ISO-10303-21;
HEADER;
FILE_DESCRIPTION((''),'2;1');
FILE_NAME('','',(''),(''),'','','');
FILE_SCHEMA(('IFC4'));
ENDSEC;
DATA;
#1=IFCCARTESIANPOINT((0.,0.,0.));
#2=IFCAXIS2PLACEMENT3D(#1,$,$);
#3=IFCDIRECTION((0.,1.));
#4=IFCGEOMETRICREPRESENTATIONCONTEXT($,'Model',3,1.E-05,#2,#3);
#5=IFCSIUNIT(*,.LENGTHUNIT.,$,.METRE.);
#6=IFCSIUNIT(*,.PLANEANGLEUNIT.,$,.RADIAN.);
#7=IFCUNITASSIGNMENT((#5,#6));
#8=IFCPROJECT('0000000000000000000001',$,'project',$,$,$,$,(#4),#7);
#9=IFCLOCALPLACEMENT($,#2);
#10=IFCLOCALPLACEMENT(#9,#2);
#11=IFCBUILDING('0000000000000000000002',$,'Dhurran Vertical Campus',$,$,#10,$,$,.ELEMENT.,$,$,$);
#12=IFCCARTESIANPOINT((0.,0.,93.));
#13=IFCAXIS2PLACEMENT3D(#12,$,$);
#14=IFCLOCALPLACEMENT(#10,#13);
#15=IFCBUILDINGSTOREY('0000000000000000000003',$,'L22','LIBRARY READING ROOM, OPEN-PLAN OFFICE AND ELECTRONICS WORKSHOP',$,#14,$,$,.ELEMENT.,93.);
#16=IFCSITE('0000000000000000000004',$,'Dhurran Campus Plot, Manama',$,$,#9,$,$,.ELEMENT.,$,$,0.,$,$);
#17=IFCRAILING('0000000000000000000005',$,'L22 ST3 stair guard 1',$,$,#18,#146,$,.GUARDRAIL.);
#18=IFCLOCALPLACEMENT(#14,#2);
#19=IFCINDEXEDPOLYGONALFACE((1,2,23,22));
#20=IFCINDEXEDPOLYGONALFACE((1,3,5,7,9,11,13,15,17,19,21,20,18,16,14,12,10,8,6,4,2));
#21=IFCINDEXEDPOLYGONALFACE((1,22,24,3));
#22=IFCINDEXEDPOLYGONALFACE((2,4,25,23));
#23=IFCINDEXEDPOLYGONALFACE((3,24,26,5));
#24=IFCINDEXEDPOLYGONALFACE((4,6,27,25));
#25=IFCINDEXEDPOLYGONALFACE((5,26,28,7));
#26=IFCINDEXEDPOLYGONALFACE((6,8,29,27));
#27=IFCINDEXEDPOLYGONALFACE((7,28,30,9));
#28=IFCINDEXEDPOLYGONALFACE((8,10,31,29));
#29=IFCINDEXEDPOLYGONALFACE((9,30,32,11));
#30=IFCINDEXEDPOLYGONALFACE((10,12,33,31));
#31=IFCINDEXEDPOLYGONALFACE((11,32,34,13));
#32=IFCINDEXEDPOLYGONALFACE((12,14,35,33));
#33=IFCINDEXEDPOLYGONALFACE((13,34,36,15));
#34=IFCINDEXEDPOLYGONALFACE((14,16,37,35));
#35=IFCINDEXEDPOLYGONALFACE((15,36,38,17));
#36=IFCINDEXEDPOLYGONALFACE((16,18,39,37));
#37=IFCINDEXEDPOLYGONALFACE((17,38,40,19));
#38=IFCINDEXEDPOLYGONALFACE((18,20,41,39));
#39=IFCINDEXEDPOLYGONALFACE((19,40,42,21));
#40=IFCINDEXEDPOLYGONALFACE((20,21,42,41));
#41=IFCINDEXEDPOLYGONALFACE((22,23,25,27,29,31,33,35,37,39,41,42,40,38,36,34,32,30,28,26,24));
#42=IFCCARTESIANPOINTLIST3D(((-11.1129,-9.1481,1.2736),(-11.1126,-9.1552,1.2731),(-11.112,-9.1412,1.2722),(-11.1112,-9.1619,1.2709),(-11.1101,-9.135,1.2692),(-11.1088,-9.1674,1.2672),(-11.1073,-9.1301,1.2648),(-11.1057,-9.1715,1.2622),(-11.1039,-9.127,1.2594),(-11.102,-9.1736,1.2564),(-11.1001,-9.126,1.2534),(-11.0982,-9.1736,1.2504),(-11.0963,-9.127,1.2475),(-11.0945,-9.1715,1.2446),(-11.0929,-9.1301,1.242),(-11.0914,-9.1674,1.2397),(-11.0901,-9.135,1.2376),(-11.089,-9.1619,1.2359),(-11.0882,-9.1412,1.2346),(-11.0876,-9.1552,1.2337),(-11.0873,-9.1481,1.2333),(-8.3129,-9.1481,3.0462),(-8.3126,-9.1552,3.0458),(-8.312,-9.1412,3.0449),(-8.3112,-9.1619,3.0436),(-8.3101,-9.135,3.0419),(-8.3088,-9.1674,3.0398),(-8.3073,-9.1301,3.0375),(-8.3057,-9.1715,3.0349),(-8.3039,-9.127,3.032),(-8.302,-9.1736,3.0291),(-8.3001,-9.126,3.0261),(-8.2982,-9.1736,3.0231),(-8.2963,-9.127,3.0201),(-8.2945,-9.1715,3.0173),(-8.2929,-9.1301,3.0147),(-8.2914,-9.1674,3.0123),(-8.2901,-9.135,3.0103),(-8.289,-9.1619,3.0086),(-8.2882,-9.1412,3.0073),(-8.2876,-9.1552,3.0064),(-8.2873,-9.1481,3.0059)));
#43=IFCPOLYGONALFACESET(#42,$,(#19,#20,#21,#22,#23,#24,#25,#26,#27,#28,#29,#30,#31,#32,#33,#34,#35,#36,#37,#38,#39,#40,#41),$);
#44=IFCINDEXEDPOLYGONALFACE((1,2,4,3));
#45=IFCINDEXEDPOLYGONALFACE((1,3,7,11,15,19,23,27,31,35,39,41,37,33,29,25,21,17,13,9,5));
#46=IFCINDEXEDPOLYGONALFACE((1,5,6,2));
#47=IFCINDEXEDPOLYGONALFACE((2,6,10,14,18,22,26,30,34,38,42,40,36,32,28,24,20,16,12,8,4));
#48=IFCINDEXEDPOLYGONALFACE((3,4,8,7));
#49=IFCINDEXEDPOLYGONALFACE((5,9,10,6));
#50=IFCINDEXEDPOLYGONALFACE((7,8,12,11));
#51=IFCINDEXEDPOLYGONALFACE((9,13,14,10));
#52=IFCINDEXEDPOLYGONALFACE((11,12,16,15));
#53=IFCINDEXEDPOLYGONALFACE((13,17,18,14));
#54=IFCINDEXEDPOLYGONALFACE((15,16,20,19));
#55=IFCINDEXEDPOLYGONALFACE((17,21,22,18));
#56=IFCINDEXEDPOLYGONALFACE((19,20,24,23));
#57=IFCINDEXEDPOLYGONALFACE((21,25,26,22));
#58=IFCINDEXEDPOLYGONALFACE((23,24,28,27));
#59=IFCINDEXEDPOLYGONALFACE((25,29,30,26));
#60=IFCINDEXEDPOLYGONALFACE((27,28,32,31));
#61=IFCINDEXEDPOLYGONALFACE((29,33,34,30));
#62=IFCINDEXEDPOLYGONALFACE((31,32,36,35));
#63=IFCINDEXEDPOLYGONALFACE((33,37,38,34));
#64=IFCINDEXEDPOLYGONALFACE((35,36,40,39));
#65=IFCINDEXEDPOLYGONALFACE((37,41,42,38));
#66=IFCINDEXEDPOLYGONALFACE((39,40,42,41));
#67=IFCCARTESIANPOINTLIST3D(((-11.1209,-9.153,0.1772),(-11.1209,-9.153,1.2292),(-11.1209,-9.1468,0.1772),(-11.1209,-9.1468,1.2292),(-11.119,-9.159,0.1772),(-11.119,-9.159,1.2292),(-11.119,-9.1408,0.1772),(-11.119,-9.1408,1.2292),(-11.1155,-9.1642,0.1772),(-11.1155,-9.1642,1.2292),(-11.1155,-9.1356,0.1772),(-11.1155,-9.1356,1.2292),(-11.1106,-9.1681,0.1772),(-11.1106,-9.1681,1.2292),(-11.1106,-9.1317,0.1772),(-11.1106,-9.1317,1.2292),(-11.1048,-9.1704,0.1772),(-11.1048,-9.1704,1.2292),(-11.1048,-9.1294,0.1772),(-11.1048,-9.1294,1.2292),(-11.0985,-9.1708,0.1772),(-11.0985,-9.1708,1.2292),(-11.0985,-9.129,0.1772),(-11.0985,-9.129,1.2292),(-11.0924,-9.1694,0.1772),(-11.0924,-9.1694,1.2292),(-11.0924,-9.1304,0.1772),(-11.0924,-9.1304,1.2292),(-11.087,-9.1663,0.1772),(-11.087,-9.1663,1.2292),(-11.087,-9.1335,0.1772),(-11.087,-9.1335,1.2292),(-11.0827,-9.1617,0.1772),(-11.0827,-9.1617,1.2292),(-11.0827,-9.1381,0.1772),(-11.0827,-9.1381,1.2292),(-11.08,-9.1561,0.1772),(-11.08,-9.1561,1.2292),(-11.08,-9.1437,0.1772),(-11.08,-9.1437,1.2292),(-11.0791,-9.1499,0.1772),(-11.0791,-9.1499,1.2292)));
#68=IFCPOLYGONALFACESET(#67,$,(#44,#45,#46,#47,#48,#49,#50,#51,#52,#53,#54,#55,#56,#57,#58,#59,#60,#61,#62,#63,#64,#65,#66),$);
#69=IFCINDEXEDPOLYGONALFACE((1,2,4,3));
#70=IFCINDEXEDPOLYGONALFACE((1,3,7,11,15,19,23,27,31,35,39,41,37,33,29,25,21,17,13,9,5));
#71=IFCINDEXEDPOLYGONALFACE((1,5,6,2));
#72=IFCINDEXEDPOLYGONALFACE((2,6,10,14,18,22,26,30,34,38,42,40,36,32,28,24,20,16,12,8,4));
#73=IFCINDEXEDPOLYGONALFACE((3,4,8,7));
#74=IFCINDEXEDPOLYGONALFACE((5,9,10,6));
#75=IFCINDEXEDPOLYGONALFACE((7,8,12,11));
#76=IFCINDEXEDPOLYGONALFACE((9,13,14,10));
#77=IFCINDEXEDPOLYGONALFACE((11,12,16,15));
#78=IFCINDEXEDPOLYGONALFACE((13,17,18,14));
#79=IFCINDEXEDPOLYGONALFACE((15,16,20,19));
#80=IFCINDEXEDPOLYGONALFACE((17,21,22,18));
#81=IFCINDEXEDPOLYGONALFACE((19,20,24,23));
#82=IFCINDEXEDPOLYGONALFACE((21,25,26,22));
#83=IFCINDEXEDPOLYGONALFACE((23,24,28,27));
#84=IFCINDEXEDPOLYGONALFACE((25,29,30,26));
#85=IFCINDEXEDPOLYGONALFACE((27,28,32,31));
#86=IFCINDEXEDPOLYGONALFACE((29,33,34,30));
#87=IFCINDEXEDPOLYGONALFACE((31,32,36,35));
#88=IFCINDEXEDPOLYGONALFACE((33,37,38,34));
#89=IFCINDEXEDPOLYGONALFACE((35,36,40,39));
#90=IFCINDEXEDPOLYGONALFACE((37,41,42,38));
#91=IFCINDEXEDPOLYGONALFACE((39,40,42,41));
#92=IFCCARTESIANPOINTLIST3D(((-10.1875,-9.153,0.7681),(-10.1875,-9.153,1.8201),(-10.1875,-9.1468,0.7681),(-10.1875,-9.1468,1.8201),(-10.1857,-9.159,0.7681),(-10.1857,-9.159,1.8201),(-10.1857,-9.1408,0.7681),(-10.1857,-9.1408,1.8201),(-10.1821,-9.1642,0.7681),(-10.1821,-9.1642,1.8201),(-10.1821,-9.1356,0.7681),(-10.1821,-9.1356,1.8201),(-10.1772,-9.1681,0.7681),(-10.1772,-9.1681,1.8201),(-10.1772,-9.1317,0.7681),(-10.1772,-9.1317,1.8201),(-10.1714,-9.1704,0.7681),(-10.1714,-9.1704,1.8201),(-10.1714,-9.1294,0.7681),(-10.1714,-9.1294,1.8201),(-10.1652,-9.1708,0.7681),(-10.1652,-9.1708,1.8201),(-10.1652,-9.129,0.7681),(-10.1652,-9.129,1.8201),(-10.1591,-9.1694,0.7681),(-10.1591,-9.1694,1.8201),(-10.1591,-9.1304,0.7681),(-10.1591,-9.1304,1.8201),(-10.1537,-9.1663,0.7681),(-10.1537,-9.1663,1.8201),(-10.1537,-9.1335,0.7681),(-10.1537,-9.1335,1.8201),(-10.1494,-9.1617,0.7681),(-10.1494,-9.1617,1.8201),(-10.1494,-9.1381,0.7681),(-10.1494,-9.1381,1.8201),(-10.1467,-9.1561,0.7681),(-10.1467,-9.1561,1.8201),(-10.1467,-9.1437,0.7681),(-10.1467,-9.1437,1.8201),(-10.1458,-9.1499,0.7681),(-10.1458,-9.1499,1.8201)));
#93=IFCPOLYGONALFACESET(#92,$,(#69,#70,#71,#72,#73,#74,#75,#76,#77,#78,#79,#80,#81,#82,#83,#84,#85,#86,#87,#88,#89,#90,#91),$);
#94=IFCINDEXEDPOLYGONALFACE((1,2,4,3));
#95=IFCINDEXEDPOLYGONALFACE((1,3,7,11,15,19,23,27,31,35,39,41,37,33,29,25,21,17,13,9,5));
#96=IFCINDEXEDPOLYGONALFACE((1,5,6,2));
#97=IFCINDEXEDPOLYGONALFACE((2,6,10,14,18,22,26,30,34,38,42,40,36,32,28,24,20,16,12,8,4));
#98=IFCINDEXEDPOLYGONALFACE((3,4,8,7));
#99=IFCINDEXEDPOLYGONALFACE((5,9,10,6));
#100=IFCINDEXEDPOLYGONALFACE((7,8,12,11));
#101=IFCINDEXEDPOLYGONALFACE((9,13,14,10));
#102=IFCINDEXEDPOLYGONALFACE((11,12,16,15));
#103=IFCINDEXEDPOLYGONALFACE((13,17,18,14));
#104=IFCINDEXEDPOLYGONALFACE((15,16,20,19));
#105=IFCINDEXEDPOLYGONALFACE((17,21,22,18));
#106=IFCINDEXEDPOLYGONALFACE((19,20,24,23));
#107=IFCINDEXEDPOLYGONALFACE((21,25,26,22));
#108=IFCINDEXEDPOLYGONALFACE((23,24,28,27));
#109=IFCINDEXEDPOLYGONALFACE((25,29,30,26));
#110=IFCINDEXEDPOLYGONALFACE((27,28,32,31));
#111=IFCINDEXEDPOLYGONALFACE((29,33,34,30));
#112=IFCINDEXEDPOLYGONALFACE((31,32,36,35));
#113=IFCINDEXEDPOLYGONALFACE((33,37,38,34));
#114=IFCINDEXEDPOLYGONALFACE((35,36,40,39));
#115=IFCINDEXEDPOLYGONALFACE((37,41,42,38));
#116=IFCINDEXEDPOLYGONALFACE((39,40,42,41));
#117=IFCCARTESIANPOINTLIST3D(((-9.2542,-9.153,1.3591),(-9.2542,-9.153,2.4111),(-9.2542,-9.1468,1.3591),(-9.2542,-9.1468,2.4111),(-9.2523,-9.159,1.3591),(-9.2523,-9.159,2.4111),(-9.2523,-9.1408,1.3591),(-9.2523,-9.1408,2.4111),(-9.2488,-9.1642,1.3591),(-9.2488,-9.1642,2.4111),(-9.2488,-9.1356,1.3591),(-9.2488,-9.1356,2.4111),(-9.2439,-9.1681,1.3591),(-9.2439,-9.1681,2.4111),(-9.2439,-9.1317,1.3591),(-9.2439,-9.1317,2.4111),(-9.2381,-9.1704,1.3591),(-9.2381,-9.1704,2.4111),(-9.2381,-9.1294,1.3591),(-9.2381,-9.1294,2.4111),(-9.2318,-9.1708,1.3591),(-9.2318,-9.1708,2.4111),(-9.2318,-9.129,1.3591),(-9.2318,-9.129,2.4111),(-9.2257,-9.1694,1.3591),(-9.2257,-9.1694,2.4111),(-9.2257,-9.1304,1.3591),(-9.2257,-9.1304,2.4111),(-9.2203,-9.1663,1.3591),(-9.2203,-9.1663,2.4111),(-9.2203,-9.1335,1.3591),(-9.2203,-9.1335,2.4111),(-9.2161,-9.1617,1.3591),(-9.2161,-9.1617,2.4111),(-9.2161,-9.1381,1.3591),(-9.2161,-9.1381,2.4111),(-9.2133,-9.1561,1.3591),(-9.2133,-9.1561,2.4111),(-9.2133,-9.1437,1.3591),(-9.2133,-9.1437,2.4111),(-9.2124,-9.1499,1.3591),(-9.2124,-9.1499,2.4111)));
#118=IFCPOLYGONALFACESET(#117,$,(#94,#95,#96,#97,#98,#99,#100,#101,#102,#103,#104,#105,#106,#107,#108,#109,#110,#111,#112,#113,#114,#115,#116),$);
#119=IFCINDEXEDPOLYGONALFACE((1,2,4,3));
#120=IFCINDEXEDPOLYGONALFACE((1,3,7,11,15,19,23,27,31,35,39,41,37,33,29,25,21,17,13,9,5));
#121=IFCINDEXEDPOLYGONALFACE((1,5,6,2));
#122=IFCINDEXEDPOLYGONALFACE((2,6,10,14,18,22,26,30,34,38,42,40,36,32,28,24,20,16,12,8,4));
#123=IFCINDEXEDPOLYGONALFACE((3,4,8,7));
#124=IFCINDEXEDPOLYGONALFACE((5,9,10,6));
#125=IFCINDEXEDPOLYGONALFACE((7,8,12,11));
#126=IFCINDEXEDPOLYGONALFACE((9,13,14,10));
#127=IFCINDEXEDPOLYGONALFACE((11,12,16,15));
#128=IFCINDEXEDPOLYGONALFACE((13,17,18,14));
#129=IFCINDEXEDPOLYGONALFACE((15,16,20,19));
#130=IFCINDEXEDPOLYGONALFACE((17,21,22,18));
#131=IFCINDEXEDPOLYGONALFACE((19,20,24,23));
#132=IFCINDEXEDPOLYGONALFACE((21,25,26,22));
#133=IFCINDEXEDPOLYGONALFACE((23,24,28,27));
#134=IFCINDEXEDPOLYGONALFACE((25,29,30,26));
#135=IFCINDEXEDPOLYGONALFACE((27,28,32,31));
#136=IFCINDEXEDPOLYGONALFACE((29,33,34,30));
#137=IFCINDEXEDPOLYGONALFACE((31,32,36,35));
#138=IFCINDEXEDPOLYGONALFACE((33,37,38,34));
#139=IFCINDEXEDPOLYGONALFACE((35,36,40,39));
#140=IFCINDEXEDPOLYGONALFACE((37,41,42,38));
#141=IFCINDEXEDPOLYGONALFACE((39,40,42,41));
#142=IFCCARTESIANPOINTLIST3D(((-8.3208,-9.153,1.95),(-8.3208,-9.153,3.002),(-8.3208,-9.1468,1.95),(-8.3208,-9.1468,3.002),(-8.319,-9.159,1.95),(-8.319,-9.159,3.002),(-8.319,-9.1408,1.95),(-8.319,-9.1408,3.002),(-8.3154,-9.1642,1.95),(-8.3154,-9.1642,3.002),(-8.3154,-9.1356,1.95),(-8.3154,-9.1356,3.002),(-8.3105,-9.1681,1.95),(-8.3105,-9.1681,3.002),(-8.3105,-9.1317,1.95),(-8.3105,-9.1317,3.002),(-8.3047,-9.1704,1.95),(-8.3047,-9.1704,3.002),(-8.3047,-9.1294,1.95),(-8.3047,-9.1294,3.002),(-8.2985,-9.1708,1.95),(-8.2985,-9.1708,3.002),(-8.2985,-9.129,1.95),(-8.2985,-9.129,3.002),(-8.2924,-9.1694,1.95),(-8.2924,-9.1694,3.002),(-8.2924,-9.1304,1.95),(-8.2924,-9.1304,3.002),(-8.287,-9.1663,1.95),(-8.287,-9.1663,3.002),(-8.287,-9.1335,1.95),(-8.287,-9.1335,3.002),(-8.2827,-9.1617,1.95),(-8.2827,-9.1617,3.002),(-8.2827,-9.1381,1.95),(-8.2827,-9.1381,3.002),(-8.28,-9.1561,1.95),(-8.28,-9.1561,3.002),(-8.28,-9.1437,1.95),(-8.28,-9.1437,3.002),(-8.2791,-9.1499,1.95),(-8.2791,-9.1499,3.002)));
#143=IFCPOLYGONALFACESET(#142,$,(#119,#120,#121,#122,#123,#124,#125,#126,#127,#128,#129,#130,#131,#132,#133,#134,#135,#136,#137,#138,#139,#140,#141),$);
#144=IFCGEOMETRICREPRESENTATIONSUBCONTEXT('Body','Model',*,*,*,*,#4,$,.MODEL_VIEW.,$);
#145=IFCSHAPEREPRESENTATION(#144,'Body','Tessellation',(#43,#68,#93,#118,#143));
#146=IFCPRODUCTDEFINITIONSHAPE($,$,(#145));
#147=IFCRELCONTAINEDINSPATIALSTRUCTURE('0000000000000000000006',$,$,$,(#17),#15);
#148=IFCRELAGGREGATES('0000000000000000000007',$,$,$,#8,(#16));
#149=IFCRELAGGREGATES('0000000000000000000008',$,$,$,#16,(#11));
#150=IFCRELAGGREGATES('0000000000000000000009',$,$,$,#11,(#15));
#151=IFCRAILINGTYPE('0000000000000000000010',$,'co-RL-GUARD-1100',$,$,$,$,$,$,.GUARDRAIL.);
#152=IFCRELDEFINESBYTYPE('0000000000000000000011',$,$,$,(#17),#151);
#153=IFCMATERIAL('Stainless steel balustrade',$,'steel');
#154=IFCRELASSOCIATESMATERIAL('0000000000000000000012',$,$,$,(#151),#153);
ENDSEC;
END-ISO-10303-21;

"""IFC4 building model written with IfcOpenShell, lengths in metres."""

from ifc_helpers import new_model, si_unit, direction, frame, origin, origin_2d, place, context, subcontext, project, spatial, circle, extrude, material, type_object, element, save


model = new_model("IFC4")

# Units and contexts
model_context = context("Model", 3, precision=1e-05, world=origin(), true_north=direction((0.0, 1.0)))
body_context = subcontext(model_context, "Body", "Model", "MODEL_VIEW")
ifc_project = project(units=[si_unit("LENGTHUNIT", "METRE"), si_unit("PLANEANGLEUNIT", "RADIAN")], contexts=[model_context])

# Site, building, storey
site_placement = place(None, origin())
site = spatial("IfcSite", under=ifc_project, at=site_placement, Name="Dhurran Campus Plot, Manama", CompositionType="ELEMENT", RefElevation=0.0)
building_placement = place(site_placement, origin())
building = spatial("IfcBuilding", under=site, at=building_placement, Name="Dhurran Vertical Campus", CompositionType="ELEMENT")
storey_placement = place(building_placement, frame((0.0, 0.0, 93.0)))
storey = spatial("IfcBuildingStorey", under=building, at=storey_placement, Name="L22", Description="LIBRARY READING ROOM, OPEN-PLAN OFFICE AND ELECTRONICS WORKSHOP", CompositionType="ELEMENT", Elevation=93.0)

# Railing
ifc_material_1 = material(Name="Stainless steel balustrade", Category="steel")
railing_type_1 = type_object("IfcRailingType", Name="co-RL-GUARD-1100", PredefinedType="GUARDRAIL", material=ifc_material_1)
railing_1_placement = place(storey_placement, frame((-11.1001, -9.1499, 0.1772)))
element("IfcRailing", 1, at=railing_1_placement, inside=storey, type_object=railing_type_1, Name="L22 ST3 stair guard 1", PredefinedType="GUARDRAIL", context=body_context, shape_type="SweptSolid", body=[
    extrude(circle(Radius=0.0239, at=origin_2d()), frame((0.0, 0.0, 1.0762), z_axis=(0.844909, 0.0, 0.53491), x_axis=(0.0, 1.0, 0.0)), (0.0, 0.0, 1.0), 3.314),
    extrude(circle(Radius=0.021, at=origin_2d()), origin(), (0.0, 0.0, 1.0), 1.052),
    extrude(circle(Radius=0.021, at=origin_2d()), frame((0.9333, 0.0, 0.5908)), (0.0, 0.0, 1.0), 1.052),
    extrude(circle(Radius=0.021, at=origin_2d()), frame((1.8667, 0.0, 1.1819)), (0.0, 0.0, 1.0), 1.052),
    extrude(circle(Radius=0.021, at=origin_2d()), frame((2.8, 0.0, 1.7727)), (0.0, 0.0, 1.0), 1.052),
])

save(model, "model.ifc")
